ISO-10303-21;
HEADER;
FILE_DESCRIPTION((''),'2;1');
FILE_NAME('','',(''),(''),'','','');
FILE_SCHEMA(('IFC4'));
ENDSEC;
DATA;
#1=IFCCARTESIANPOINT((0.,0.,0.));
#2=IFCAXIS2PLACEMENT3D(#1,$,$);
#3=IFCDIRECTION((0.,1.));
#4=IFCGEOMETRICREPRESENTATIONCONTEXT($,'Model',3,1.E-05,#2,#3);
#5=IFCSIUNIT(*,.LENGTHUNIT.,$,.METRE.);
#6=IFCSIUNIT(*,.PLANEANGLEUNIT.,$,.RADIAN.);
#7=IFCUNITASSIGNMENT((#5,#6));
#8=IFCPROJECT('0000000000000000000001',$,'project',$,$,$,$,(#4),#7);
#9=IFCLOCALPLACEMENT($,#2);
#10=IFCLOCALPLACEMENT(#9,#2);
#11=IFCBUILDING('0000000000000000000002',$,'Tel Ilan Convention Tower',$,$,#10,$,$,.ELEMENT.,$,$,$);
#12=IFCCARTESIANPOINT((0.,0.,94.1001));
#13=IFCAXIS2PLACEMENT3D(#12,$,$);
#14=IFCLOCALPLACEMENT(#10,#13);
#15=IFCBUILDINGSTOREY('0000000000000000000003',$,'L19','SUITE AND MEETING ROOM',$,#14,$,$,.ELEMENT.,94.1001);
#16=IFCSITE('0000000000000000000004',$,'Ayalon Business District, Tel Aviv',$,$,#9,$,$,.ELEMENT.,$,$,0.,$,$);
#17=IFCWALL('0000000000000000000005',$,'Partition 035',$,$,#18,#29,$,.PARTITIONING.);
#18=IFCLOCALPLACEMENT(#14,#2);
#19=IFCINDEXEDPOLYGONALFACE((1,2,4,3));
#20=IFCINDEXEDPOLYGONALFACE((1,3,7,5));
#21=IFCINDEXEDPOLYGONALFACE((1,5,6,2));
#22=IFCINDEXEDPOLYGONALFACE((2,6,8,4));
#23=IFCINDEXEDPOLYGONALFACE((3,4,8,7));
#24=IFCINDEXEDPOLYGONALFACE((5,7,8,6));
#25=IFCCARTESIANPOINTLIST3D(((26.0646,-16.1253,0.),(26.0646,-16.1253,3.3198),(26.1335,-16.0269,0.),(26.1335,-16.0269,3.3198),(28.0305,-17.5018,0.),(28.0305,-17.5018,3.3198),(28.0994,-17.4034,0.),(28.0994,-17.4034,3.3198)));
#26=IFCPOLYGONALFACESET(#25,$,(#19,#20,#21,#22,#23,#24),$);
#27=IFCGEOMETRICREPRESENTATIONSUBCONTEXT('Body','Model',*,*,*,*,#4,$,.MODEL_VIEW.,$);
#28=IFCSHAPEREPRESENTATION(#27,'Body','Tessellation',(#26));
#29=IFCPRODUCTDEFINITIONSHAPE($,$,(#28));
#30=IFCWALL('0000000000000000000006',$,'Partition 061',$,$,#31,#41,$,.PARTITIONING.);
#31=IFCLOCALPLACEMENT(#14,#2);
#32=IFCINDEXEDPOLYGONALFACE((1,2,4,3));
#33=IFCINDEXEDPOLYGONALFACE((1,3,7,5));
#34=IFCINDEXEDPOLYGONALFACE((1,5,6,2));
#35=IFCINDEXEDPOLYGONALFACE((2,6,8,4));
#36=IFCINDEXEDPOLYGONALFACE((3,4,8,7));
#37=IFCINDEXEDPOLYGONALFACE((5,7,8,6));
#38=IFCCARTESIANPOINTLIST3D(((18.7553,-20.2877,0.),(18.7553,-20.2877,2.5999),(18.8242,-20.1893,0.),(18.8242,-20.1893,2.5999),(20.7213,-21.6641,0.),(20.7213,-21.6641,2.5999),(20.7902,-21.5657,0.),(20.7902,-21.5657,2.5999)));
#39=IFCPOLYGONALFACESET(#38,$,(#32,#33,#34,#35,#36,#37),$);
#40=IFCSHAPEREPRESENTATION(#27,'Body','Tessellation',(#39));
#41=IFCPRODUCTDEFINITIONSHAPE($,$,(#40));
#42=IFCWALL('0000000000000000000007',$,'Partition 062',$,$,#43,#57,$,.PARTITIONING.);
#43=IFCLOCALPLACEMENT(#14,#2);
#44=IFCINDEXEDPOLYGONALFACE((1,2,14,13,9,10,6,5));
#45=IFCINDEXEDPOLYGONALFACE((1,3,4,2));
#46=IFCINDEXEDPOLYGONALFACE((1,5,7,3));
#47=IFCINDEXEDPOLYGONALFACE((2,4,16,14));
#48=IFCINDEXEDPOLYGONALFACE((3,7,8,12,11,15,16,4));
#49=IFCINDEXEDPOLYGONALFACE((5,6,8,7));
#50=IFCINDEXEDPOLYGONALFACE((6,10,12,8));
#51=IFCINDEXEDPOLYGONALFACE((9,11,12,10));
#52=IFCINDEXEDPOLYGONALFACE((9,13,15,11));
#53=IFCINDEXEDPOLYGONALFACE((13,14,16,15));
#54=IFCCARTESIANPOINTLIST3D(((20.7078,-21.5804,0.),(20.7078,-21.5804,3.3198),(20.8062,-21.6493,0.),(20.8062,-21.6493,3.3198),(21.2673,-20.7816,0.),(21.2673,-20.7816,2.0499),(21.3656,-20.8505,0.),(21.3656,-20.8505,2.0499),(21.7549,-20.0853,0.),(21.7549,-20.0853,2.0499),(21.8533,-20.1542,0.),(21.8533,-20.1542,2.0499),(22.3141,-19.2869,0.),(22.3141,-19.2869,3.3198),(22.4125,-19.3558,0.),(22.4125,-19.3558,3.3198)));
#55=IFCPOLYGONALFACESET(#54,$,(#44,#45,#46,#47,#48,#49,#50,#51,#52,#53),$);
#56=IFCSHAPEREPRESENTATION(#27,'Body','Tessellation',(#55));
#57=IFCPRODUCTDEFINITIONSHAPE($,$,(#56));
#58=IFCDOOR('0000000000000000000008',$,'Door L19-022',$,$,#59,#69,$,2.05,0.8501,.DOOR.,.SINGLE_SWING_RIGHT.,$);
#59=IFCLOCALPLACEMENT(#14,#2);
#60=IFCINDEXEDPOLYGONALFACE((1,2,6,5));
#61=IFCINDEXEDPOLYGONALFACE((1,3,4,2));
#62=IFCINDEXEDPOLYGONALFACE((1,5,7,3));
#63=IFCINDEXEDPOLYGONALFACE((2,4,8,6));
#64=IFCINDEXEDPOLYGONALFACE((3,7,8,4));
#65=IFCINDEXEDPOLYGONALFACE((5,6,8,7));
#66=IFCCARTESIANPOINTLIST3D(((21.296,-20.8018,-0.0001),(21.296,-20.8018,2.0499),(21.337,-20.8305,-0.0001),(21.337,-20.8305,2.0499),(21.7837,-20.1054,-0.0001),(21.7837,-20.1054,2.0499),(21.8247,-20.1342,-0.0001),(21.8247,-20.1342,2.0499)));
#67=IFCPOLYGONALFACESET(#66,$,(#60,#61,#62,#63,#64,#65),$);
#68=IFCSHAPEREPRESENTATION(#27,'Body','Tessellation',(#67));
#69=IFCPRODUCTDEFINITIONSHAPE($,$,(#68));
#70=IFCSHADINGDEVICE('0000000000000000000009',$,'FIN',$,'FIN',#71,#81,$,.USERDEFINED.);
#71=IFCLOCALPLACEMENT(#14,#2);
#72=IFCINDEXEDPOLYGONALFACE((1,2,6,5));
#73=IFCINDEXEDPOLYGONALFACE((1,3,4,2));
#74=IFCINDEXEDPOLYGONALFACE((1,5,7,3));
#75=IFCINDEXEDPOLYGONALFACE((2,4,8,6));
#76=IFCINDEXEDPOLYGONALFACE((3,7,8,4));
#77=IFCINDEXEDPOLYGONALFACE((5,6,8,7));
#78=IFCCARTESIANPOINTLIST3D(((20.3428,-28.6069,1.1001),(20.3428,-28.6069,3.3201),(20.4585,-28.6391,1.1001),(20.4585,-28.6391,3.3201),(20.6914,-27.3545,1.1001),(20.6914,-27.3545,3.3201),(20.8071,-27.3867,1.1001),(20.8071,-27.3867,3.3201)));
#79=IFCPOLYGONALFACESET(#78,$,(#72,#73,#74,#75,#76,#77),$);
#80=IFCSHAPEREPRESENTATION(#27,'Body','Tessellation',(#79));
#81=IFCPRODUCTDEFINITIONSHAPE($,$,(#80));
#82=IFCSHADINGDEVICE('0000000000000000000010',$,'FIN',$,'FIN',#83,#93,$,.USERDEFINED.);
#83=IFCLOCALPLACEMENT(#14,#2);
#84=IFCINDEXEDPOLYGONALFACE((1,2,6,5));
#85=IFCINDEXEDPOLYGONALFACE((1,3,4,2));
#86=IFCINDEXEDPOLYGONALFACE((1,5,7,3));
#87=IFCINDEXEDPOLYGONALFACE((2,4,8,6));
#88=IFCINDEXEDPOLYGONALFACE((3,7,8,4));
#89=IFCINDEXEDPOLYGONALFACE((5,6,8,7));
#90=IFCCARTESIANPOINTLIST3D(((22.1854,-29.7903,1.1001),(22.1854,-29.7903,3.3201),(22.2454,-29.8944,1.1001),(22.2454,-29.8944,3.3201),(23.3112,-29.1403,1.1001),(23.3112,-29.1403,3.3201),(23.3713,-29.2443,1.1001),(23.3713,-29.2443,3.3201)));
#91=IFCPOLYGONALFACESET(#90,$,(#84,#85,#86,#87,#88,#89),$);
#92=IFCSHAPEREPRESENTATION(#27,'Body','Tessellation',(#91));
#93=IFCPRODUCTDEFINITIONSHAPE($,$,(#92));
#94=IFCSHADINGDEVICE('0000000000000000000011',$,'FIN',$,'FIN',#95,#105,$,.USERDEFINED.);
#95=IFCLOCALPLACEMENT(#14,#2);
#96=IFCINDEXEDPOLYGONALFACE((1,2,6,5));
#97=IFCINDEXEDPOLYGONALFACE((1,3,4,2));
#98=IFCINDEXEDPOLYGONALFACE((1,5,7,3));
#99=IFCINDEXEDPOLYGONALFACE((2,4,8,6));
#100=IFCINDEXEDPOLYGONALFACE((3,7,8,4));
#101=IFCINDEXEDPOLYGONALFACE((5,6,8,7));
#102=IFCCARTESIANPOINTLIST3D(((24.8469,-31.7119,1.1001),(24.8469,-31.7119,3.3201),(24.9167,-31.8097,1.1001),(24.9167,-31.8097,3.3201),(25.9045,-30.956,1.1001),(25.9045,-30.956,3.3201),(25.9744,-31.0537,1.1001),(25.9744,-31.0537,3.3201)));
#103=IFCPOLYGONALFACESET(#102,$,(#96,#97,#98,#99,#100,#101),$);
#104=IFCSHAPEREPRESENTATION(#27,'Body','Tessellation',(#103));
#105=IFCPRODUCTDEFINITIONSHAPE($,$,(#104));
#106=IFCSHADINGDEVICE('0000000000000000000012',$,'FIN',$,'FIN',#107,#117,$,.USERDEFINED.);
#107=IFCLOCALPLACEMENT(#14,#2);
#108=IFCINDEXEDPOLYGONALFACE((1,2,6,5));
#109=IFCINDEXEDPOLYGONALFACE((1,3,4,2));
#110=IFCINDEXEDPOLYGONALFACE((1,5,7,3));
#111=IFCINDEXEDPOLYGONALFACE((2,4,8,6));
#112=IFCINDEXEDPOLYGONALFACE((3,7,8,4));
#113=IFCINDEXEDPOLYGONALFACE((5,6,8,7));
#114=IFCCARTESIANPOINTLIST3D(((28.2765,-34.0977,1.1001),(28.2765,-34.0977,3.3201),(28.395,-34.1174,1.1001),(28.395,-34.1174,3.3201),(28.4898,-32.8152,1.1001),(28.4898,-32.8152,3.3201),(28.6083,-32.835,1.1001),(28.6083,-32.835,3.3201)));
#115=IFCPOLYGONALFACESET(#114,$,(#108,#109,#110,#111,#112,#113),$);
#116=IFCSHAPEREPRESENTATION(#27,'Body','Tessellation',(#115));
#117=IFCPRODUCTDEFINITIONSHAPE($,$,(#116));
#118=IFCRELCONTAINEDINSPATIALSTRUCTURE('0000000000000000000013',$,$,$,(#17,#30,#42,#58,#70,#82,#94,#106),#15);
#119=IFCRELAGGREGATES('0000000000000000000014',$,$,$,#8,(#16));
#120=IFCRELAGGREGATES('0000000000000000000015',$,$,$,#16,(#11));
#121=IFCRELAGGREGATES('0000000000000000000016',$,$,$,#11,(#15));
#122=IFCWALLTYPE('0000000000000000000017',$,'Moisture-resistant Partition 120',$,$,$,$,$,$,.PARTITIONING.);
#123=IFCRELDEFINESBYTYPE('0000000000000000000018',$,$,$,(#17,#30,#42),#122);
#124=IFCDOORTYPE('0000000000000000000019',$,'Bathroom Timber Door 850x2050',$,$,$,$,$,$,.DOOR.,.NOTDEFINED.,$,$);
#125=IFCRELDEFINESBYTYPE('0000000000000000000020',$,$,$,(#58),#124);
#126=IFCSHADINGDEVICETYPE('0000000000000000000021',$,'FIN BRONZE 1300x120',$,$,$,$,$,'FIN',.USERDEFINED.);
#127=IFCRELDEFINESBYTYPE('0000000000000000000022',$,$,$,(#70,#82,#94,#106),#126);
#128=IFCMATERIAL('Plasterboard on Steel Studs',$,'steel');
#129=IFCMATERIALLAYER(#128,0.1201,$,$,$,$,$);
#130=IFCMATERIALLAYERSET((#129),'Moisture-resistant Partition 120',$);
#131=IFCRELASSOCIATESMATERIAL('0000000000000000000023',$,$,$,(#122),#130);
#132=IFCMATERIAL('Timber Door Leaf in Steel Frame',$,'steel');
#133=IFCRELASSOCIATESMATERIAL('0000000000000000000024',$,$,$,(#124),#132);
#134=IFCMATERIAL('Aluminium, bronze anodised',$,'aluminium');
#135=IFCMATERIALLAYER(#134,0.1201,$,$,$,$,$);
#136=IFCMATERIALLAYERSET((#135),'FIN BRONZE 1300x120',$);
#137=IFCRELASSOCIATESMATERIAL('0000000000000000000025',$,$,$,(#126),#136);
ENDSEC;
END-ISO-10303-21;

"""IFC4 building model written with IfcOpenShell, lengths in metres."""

from ifc_helpers import new_model, si_unit, direction, frame, frame_2d, origin, origin_2d, place, context, subcontext, project, spatial, rectangle, extrude, material, layer, layer_set, type_object, element, fill, save


model = new_model("IFC4")

# Units and contexts
model_context = context("Model", 3, precision=1e-05, world=origin(), true_north=direction((0.0, 1.0)))
body_context = subcontext(model_context, "Body", "Model", "MODEL_VIEW")
ifc_project = project(units=[si_unit("LENGTHUNIT", "METRE"), si_unit("PLANEANGLEUNIT", "RADIAN")], contexts=[model_context])

# Site, building, storey
site_placement = place(None, origin())
site = spatial("IfcSite", under=ifc_project, at=site_placement, Name="Ayalon Business District, Tel Aviv", CompositionType="ELEMENT", RefElevation=0.0)
building_placement = place(site_placement, origin())
building = spatial("IfcBuilding", under=site, at=building_placement, Name="Tel Ilan Convention Tower", CompositionType="ELEMENT")
storey_placement = place(building_placement, frame((0.0, 0.0, 94.1001)))
storey = spatial("IfcBuildingStorey", under=building, at=storey_placement, Name="L19", Description="SUITE AND MEETING ROOM", CompositionType="ELEMENT", Elevation=94.1001)

# Shared definitions
ifc_material_1 = material(Name="Plasterboard on Steel Studs", Category="steel")
ifc_layer_1 = layer(ifc_material_1, 0.1201)
ifc_layer_set_1 = layer_set([ifc_layer_1], Name="Moisture-resistant Partition 120")
wall_type_1 = type_object("IfcWallType", Name="Moisture-resistant Partition 120", PredefinedType="PARTITIONING", material=ifc_layer_set_1)
ifc_material_2 = material(Name="Timber Door Leaf in Steel Frame", Category="steel")
door_type_1 = type_object("IfcDoorType", Name="Bathroom Timber Door 850x2050", OperationType="NOTDEFINED", PredefinedType="DOOR", material=ifc_material_2)

# Walls
wall_1_placement = place(storey_placement, frame((28.0649, -17.4526, 0.0), z_axis=(0.0, 0.0, 1.0), x_axis=(-0.819155, 0.573572, 0.0)))
element("IfcWall", 1, at=wall_1_placement, inside=storey, type_object=wall_type_1, Name="Partition 035", PredefinedType="PARTITIONING", context=body_context, shape_type="SweptSolid", body=[
    extrude(rectangle(XDim=2.3999, YDim=0.1201, at=frame_2d((1.2, 0.0))), origin(), (0.0, 0.0, 1.0), 3.3198),
])
wall_2_placement = place(storey_placement, frame((18.7898, -20.2385, 0.0), z_axis=(0.0, 0.0, 1.0), x_axis=(0.819189, -0.573524, 0.0)))
element("IfcWall", 2, at=wall_2_placement, inside=storey, type_object=wall_type_1, Name="Partition 061", PredefinedType="PARTITIONING", context=body_context, shape_type="SweptSolid", body=[
    extrude(rectangle(XDim=2.3999, YDim=0.1201, at=frame_2d((1.2, 0.0))), origin(), (0.0, 0.0, 1.0), 2.5999),
])

# Wall, opening, door
wall_3_placement = place(storey_placement, frame((20.7571, -21.6147, 0.0), z_axis=(0.0, 0.0, 1.0), x_axis=(0.57365, 0.819101, 0.0)))
wall_3 = element("IfcWall", 3, at=wall_3_placement, inside=storey, type_object=wall_type_1, Name="Partition 062", PredefinedType="PARTITIONING", context=body_context, shape_type="SweptSolid", body=[
    extrude(rectangle(XDim=2.8, YDim=0.1201, at=frame_2d((1.3999, 0.0))), origin(), (0.0, 0.0, 1.0), 3.3198),
])
opening_1_placement = place(wall_3_placement, frame((0.9751, 0.0, 0.0)))
opening_1 = element("IfcOpeningElement", 4, at=opening_1_placement, cuts=wall_3, PredefinedType="OPENING", context=body_context, shape_type="SweptSolid", body=[
    extrude(rectangle(XDim=0.8501, YDim=2.05, at=frame_2d((0.425, 1.0249))), frame((0.0, 0.0701, 0.0), z_axis=(0.0, -1.0, 0.0), x_axis=(1.0, 0.0, 0.0)), (0.0, 0.0, 1.0), 0.1401),
])
door_1_placement = place(opening_1_placement, origin())
door_1 = element("IfcDoor", 5, at=door_1_placement, inside=storey, type_object=door_type_1, Name="Door L19-022", OperationType="SINGLE_SWING_RIGHT", OverallHeight=2.05, OverallWidth=0.8501, PredefinedType="DOOR", context=body_context, shape_type="SweptSolid", body=[
    extrude(rectangle(XDim=0.8501, YDim=2.05, at=frame_2d((0.425, 1.0249))), frame((0.0, 0.0249, 0.0), z_axis=(0.0, -1.0, 0.0), x_axis=(1.0, 0.0, 0.0)), (0.0, 0.0, 1.0), 0.05),
])
fill(opening_1, door_1)

# Shading devices
ifc_material_3 = material(Name="Aluminium, bronze anodised", Category="aluminium")
ifc_layer_2 = layer(ifc_material_3, 0.1201)
ifc_layer_set_2 = layer_set([ifc_layer_2], Name="FIN BRONZE 1300x120")
shading_device_type = type_object("IfcShadingDeviceType", Name="FIN BRONZE 1300x120", ElementType="FIN", PredefinedType="USERDEFINED", material=ifc_layer_set_2)
for number, where, z_axis, x_axis, name in (
    (6, (20.575, -27.9968, 1.1001), (0.0, 0.0, 1.0), (-0.268173, -0.963371, 0.0), "FIN"),
    (7, (22.7783, -29.5173, 1.1001), (0.0, 0.0, 1.0), (-0.866025, -0.5, 0.0), "FIN"),
    (8, (25.4106, -31.3828, 1.1001), (0.0, 0.0, 1.0), (-0.813552, -0.581492, 0.0), "FIN"),
    (9, (28.4424, -33.4663, 1.1001), (0.0, 0.0, 1.0), (-0.164091, -0.986445, 0.0), "FIN"),
):
    element("IfcShadingDevice", number, at=place(storey_placement, frame(where, z_axis=z_axis, x_axis=x_axis)), inside=storey, type_object=shading_device_type, Name=name, ObjectType="FIN", PredefinedType="USERDEFINED", context=body_context, shape_type="SweptSolid", body=[
        extrude(rectangle(XDim=1.3, YDim=0.1201, at=origin_2d()), origin(), (0.0, 0.0, 1.0), 2.22),
    ])

save(model, "model.ifc")
